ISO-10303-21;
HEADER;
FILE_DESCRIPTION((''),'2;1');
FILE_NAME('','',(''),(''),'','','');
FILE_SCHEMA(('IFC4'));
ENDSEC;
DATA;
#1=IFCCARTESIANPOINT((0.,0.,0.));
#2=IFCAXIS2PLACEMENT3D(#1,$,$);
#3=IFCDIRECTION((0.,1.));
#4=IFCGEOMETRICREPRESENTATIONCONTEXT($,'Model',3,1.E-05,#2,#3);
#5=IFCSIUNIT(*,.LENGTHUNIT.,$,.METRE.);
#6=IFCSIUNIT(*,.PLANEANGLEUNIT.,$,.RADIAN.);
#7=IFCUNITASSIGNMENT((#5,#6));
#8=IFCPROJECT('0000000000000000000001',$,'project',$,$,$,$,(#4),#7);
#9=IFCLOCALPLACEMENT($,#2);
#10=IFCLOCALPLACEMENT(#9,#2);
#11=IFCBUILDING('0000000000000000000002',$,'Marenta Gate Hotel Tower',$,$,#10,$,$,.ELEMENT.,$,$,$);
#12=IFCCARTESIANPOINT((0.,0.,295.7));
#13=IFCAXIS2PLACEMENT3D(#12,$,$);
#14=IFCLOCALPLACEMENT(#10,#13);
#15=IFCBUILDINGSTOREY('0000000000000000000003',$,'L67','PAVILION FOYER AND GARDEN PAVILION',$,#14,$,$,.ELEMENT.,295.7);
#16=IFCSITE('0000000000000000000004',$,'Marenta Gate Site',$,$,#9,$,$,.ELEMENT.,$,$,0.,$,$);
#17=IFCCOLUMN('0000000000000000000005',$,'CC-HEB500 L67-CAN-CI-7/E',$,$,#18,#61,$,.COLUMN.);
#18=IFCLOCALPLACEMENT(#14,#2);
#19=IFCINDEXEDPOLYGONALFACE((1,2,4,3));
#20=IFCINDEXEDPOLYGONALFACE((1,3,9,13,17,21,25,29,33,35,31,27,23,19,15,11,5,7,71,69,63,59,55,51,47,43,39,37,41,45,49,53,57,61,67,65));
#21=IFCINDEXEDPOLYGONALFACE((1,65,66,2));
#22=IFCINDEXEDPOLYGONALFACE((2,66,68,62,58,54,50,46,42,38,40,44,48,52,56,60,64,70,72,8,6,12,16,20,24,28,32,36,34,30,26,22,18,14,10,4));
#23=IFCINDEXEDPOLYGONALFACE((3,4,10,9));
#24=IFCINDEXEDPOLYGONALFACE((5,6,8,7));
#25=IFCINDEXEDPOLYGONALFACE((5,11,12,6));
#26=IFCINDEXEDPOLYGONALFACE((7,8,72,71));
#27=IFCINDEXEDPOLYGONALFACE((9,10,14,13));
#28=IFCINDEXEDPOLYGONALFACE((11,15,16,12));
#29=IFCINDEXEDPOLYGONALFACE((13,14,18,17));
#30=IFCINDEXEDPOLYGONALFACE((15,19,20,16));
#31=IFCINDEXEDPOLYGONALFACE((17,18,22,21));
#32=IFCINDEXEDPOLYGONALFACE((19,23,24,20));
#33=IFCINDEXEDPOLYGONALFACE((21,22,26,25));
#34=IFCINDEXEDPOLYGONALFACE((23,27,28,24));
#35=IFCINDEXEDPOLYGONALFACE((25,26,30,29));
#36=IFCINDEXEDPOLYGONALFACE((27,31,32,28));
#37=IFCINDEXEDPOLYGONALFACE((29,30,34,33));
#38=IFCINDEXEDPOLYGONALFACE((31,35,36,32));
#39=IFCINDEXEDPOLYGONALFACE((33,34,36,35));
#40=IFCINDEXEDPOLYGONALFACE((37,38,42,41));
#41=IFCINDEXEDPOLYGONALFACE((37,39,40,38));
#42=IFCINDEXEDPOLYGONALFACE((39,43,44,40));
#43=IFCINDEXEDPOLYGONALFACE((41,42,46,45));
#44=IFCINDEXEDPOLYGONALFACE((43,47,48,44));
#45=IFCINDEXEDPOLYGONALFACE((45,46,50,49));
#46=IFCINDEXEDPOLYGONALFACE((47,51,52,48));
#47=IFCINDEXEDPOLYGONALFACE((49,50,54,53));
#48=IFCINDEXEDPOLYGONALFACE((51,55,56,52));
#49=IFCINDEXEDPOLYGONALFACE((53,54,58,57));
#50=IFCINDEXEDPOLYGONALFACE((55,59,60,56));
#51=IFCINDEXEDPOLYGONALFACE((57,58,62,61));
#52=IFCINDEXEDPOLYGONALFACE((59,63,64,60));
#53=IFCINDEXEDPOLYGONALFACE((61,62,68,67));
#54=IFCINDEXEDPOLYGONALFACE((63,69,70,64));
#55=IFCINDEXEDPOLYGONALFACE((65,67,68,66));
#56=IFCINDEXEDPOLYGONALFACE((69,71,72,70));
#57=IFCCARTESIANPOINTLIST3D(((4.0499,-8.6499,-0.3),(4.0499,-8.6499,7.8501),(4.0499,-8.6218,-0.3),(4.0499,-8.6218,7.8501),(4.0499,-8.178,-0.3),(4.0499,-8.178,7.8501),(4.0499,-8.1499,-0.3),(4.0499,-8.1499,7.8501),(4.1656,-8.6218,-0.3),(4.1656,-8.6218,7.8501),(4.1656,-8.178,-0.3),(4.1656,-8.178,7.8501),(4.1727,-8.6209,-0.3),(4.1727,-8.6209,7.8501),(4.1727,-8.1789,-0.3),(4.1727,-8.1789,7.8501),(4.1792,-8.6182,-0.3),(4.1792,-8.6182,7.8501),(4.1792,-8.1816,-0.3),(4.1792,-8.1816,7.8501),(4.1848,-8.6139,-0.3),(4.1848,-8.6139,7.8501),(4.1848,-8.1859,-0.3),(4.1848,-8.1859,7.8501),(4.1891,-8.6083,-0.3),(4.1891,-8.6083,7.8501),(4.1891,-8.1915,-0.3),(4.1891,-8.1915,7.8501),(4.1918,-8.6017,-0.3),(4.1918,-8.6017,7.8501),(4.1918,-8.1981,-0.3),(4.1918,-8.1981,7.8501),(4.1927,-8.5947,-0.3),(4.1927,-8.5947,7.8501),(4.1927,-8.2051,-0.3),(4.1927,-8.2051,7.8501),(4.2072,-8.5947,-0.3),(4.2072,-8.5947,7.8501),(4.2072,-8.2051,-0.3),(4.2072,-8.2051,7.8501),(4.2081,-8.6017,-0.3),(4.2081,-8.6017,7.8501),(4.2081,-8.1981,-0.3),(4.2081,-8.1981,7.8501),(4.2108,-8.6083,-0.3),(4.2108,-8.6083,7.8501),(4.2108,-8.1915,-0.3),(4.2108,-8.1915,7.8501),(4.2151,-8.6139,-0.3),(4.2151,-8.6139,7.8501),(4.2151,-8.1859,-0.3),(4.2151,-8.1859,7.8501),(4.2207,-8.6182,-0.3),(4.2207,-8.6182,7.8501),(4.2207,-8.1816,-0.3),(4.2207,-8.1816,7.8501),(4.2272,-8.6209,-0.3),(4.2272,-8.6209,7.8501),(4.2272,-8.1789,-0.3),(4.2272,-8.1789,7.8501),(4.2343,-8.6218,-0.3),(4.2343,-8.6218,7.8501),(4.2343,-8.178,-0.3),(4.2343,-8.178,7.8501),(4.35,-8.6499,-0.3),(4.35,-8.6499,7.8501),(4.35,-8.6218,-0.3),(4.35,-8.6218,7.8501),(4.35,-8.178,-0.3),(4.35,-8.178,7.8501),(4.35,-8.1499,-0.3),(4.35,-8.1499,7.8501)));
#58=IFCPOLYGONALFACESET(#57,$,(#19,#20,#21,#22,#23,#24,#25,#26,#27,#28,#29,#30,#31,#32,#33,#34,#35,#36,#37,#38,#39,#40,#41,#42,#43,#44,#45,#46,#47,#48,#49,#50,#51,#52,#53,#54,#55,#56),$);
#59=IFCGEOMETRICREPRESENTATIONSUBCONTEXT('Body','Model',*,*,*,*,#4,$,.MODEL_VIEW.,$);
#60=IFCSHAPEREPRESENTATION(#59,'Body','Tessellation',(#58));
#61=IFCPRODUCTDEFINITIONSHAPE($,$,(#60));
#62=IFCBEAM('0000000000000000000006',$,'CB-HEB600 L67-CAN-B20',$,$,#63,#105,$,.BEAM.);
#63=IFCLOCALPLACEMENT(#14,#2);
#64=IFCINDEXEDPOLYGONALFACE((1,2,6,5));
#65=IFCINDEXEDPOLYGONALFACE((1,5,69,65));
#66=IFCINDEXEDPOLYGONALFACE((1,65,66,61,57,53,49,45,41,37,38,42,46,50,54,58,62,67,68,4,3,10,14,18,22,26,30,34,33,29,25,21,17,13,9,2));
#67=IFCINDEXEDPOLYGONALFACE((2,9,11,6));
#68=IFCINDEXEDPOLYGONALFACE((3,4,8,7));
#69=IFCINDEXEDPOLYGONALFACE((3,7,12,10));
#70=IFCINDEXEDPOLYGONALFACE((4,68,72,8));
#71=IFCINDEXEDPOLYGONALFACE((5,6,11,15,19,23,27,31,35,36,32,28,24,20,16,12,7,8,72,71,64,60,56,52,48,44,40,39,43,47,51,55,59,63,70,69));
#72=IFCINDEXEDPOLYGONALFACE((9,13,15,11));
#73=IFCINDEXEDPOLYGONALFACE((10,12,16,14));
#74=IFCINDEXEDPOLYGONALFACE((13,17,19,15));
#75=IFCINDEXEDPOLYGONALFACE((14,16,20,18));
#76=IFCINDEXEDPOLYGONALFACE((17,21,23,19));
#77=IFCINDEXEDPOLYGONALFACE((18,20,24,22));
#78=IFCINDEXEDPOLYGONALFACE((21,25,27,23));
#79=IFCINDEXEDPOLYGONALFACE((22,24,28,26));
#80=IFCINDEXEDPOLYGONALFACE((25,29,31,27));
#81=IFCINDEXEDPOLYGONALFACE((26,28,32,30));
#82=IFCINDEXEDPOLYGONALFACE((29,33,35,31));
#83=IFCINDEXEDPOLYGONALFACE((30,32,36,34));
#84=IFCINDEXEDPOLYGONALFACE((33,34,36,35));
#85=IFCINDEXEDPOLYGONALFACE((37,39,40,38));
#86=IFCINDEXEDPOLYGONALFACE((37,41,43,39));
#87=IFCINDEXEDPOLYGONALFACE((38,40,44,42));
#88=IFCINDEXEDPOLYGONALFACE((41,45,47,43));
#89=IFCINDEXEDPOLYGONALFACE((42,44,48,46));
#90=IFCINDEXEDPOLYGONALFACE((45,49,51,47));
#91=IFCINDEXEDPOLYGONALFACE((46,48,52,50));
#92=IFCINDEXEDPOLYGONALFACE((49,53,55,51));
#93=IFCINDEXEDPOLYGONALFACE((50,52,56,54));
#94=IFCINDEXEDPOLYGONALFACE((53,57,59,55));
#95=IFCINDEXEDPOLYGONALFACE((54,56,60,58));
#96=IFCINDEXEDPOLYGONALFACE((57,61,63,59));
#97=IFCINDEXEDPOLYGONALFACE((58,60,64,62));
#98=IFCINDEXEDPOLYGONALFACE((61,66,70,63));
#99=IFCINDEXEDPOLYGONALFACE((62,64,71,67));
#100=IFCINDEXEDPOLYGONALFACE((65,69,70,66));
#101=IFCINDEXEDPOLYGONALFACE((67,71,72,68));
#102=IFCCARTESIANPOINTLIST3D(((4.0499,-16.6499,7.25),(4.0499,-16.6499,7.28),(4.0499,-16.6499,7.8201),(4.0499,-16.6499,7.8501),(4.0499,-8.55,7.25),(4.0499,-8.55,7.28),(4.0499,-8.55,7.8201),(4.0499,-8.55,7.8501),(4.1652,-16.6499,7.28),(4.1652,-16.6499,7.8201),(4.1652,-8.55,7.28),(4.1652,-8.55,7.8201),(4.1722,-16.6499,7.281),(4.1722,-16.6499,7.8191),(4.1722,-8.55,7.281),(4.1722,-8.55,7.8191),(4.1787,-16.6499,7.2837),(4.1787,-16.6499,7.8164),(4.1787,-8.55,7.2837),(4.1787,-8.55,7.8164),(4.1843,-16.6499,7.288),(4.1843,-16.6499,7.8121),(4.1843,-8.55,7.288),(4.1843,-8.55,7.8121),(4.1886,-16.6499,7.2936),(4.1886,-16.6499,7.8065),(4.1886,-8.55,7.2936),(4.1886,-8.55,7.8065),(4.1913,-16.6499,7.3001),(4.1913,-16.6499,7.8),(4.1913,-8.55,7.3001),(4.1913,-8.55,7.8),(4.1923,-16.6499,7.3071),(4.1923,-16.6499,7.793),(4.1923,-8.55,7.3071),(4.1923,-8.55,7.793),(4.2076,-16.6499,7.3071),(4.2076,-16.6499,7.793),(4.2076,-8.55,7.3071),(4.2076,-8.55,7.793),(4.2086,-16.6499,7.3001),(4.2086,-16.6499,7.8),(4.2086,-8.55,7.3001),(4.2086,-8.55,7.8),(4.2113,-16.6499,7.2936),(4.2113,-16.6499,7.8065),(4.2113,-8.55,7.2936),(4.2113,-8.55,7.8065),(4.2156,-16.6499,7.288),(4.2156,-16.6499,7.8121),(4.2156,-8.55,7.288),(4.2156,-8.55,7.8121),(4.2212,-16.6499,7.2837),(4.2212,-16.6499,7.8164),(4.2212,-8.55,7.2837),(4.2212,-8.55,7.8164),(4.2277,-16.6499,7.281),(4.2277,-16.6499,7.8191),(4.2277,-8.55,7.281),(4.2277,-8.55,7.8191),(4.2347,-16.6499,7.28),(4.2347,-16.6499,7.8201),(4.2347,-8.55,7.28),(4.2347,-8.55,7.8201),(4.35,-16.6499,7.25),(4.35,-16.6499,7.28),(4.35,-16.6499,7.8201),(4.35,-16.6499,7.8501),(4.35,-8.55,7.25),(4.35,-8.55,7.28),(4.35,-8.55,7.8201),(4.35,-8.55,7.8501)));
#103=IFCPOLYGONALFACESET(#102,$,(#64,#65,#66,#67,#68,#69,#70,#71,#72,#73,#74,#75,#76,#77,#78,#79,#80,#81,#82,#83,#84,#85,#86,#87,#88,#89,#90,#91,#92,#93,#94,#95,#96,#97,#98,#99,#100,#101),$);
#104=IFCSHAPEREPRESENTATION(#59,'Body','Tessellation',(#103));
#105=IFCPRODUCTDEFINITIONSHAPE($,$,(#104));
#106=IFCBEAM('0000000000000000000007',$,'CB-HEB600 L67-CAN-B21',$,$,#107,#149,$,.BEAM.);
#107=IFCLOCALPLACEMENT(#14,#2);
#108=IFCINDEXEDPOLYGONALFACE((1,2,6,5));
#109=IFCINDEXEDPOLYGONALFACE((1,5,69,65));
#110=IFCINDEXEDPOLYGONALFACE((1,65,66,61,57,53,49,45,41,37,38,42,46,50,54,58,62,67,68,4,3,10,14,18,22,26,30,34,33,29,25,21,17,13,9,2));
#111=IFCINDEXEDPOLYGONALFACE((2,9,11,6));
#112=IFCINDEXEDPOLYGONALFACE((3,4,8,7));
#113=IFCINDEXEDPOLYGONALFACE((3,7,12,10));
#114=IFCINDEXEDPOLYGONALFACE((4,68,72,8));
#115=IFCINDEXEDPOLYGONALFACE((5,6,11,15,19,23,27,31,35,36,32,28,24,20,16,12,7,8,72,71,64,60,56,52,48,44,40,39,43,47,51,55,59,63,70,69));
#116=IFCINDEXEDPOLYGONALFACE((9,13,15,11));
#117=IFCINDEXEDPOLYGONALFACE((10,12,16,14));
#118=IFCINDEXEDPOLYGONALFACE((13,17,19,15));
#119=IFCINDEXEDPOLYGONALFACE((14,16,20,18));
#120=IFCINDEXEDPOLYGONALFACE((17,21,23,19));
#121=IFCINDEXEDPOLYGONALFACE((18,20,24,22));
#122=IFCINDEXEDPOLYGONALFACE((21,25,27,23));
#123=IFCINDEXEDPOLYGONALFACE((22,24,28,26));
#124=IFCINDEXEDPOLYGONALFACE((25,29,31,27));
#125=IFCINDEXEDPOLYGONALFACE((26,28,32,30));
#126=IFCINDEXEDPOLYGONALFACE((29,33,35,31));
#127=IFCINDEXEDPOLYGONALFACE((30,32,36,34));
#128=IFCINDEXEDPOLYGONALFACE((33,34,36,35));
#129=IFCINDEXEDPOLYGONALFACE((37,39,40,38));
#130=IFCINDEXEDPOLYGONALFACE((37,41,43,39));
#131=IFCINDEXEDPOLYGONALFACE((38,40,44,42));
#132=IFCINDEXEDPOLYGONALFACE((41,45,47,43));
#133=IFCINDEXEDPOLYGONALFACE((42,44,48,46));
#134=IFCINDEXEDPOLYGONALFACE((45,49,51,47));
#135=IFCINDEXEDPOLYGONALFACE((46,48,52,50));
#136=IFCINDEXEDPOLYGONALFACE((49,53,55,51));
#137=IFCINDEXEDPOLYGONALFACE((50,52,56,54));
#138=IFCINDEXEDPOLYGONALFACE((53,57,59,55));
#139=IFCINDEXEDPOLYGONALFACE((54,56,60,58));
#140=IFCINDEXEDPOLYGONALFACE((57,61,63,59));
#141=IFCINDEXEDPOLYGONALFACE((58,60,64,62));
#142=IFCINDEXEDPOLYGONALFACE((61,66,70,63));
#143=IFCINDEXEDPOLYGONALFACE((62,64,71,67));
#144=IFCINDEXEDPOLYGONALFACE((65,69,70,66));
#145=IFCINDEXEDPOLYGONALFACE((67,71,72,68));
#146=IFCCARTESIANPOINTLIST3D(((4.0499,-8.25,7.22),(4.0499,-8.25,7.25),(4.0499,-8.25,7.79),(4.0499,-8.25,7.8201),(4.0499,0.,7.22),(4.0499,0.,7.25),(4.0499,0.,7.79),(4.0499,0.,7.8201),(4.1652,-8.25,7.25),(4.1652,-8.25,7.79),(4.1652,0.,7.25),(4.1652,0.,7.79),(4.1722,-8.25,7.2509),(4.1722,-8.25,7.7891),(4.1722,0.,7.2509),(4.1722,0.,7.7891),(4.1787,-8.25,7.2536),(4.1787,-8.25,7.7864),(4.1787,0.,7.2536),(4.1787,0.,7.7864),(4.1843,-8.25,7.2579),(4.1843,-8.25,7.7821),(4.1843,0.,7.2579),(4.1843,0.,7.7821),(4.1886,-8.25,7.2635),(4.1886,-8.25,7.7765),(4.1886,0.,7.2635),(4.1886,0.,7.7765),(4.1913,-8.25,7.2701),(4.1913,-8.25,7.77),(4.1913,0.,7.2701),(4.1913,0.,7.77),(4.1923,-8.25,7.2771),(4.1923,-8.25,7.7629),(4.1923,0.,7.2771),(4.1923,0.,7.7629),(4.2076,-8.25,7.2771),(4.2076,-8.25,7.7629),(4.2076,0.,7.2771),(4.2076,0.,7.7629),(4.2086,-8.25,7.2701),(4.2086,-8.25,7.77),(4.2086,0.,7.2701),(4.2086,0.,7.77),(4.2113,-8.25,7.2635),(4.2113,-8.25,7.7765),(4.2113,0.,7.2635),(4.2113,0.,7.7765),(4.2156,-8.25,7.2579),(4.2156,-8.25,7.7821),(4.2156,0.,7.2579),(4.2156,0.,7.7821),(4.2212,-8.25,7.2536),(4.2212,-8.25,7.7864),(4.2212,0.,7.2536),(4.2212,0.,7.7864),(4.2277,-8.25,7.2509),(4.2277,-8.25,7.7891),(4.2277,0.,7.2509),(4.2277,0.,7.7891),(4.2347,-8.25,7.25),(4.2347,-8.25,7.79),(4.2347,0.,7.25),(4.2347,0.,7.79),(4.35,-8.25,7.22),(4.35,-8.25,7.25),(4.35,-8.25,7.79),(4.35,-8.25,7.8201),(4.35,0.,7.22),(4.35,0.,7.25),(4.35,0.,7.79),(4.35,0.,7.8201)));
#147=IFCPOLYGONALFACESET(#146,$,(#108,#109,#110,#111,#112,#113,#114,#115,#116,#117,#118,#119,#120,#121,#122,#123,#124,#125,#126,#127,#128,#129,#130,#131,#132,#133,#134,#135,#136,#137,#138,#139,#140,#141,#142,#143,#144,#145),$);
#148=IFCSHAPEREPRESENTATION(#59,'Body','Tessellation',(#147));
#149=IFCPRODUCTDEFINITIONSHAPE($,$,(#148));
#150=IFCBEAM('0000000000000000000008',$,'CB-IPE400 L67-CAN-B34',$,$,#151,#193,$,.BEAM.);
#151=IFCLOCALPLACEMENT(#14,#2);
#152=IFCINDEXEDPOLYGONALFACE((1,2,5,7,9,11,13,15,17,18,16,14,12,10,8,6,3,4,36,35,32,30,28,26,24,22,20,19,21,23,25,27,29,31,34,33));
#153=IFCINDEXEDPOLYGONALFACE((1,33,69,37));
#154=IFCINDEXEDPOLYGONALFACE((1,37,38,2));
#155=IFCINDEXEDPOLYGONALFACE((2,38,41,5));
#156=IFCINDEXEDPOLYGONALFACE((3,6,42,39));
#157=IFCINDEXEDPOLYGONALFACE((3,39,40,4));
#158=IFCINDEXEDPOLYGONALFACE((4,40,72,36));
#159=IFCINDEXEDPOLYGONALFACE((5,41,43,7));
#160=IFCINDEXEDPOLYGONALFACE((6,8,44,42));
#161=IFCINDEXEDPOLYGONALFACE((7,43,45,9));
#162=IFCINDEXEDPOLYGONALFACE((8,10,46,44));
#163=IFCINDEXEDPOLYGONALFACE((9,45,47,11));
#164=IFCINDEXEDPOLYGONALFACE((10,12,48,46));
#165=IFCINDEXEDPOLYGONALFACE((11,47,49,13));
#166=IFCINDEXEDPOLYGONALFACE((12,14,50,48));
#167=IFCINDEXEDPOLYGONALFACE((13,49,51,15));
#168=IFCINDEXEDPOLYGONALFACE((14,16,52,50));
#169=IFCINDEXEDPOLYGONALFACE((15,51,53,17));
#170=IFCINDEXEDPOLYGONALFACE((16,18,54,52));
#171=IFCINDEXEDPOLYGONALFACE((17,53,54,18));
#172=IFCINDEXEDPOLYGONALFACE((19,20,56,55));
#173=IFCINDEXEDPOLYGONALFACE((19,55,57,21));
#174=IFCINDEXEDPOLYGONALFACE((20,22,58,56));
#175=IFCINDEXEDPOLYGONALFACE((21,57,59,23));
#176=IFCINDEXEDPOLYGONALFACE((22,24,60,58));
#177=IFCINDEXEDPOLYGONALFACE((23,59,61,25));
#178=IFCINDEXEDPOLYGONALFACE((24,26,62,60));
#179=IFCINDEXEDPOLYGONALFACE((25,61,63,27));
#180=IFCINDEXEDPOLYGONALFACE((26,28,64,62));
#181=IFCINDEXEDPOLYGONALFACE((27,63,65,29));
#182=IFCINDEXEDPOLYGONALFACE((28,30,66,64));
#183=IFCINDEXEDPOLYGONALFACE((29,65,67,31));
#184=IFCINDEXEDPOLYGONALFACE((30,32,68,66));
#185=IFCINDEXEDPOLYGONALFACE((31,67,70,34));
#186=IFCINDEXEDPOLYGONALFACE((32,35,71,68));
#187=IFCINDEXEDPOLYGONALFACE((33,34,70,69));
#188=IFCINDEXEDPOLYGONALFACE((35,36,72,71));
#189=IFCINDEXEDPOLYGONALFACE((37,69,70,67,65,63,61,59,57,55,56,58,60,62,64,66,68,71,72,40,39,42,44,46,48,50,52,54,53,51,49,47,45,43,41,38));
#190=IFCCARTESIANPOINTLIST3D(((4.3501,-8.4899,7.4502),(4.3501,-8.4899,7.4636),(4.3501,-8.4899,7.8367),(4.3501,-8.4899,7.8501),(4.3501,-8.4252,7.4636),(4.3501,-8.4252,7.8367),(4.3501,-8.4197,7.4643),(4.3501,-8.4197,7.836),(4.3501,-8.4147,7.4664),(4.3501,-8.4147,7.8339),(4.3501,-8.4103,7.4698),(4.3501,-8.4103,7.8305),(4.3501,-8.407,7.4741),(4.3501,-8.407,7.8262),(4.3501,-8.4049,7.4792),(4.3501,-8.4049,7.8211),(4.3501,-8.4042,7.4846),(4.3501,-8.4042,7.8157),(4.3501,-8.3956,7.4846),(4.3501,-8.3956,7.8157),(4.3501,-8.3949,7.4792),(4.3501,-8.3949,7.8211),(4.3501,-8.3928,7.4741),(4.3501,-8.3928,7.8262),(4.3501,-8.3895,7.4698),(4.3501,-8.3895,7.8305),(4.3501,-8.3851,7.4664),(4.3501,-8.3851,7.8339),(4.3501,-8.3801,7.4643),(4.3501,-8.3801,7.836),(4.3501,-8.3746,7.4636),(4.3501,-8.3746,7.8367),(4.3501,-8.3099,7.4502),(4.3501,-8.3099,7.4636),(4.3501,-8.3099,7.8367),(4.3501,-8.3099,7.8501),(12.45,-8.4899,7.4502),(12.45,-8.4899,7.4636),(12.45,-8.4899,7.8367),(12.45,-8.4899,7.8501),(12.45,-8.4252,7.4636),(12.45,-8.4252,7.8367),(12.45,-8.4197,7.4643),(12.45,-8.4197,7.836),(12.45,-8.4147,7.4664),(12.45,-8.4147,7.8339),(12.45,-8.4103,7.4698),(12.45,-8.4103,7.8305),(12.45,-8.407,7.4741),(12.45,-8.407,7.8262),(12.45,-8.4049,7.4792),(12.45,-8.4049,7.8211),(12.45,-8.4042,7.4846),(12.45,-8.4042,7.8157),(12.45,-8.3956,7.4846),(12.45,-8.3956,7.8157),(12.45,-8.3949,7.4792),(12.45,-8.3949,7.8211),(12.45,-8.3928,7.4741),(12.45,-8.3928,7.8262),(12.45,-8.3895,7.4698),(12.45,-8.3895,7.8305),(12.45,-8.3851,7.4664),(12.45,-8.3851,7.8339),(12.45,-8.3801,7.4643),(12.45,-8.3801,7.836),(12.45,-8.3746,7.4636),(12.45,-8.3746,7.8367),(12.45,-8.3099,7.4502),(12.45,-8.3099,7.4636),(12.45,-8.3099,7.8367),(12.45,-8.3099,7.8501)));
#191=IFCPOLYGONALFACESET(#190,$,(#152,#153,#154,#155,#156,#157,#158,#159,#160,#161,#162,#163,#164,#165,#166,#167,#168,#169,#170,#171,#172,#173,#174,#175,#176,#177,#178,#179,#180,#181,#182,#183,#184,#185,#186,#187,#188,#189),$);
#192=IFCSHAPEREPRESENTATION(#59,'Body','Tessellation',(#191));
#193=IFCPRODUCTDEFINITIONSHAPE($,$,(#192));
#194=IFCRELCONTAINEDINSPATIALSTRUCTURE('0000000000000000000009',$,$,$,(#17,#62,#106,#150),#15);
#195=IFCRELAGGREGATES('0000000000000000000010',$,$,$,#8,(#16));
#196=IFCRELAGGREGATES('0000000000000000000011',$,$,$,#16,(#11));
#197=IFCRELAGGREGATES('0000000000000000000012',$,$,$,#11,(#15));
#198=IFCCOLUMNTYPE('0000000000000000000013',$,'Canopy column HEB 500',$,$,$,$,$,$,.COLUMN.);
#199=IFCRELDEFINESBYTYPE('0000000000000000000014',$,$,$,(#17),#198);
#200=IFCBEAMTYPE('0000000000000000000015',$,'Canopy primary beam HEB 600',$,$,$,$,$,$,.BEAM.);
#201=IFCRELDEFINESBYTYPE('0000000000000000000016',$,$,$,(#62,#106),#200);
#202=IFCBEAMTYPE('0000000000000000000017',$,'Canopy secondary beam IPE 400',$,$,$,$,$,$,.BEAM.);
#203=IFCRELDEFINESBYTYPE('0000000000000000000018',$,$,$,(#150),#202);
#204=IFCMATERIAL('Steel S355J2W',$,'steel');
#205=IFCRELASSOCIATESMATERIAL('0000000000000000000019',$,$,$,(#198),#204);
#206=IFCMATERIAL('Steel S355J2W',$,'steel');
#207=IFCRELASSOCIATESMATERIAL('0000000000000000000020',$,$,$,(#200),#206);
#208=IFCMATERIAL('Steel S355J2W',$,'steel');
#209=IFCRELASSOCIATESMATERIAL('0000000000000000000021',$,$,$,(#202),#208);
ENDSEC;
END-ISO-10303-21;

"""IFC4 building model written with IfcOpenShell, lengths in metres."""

from ifc_helpers import new_model, si_unit, direction, frame, origin, origin_2d, place, context, subcontext, project, spatial, i_section, extrude, material, material_profile, profile_set, type_object, element, save


model = new_model("IFC4")

# Units and contexts
model_context = context("Model", 3, precision=1e-05, world=origin(), true_north=direction((0.0, 1.0)))
body_context = subcontext(model_context, "Body", "Model", "MODEL_VIEW")
ifc_project = project(units=[si_unit("LENGTHUNIT", "METRE"), si_unit("PLANEANGLEUNIT", "RADIAN")], contexts=[model_context])

# Site, building, storey
site_placement = place(None, origin())
site = spatial("IfcSite", under=ifc_project, at=site_placement, Name="Marenta Gate Site", CompositionType="ELEMENT", RefElevation=0.0)
building_placement = place(site_placement, origin())
building = spatial("IfcBuilding", under=site, at=building_placement, Name="Marenta Gate Hotel Tower", CompositionType="ELEMENT")
storey_placement = place(building_placement, frame((0.0, 0.0, 295.7)))
storey = spatial("IfcBuildingStorey", under=building, at=storey_placement, Name="L67", Description="PAVILION FOYER AND GARDEN PAVILION", CompositionType="ELEMENT", Elevation=295.7)

# Column
ifc_material_1 = material(Name="Steel S355J2W", Category="steel")
ifc_material_profile_1 = material_profile(ifc_material_1, i_section(OverallWidth=0.3, OverallDepth=0.5, WebThickness=0.0144, FlangeThickness=0.0281, FilletRadius=0.0271, at=origin_2d()), Name="HEB 500")
ifc_profile_set_1 = profile_set([ifc_material_profile_1], Name="Steel S355J2W")
column_type = type_object("IfcColumnType", Name="Canopy column HEB 500", PredefinedType="COLUMN", material=ifc_profile_set_1)
column_placement = place(storey_placement, frame((4.2, -8.3999, -0.3), z_axis=(0.0, 0.0, 1.0), x_axis=(1.0, 0.0, 0.0)))
element("IfcColumn", 1, at=column_placement, inside=storey, type_object=column_type, Name="CC-HEB500 L67-CAN-CI-7/E", PredefinedType="COLUMN", context=body_context, shape_type="SweptSolid", body=[
    extrude(i_section(OverallWidth=0.3, OverallDepth=0.5, WebThickness=0.0144, FlangeThickness=0.0281, FilletRadius=0.0271, at=origin_2d()), origin(), (0.0, 0.0, 1.0), 8.1501),
])

# Beams
ifc_material_2 = material(Name="Steel S355J2W", Category="steel")
ifc_material_profile_2 = material_profile(ifc_material_2, i_section(OverallWidth=0.3, OverallDepth=0.6001, WebThickness=0.0154, FlangeThickness=0.03, FilletRadius=0.0271, at=origin_2d()), Name="HEB 600")
ifc_profile_set_2 = profile_set([ifc_material_profile_2], Name="Steel S355J2W")
beam_type_1 = type_object("IfcBeamType", Name="Canopy primary beam HEB 600", PredefinedType="BEAM", material=ifc_profile_set_2)
beam_1_placement = place(storey_placement, frame((4.2, -16.6499, 7.55), z_axis=(0.0, 1.0, 0.0), x_axis=(-1.0, 0.0, 0.0)))
element("IfcBeam", 2, at=beam_1_placement, inside=storey, type_object=beam_type_1, Name="CB-HEB600 L67-CAN-B20", PredefinedType="BEAM", context=body_context, shape_type="SweptSolid", body=[
    extrude(i_section(OverallWidth=0.3, OverallDepth=0.6001, WebThickness=0.0154, FlangeThickness=0.03, FilletRadius=0.0271, at=origin_2d()), origin(), (0.0, 0.0, 1.0), 8.0999),
])
beam_2_placement = place(storey_placement, frame((4.2, -8.25, 7.52), z_axis=(0.0, 1.0, 0.0), x_axis=(-1.0, 0.0, 0.0)))
element("IfcBeam", 3, at=beam_2_placement, inside=storey, type_object=beam_type_1, Name="CB-HEB600 L67-CAN-B21", PredefinedType="BEAM", context=body_context, shape_type="SweptSolid", body=[
    extrude(i_section(OverallWidth=0.3, OverallDepth=0.6001, WebThickness=0.0154, FlangeThickness=0.03, FilletRadius=0.0271, at=origin_2d()), origin(), (0.0, 0.0, 1.0), 8.25),
])
ifc_material_3 = material(Name="Steel S355J2W", Category="steel")
ifc_material_profile_3 = material_profile(ifc_material_3, i_section(OverallWidth=0.1799, OverallDepth=0.3999, WebThickness=0.0085, FlangeThickness=0.0134, FilletRadius=0.021, at=origin_2d()), Name="IPE 400")
ifc_profile_set_3 = profile_set([ifc_material_profile_3], Name="Steel S355J2W")
beam_type_2 = type_object("IfcBeamType", Name="Canopy secondary beam IPE 400", PredefinedType="BEAM", material=ifc_profile_set_3)
for number, where, z_axis, x_axis, name in (
    (4, (4.3501, -8.3999, 7.6501), (1.0, 0.0, 0.0), (0.0, 1.0, 0.0), "CB-IPE400 L67-CAN-B34"),
):
    element("IfcBeam", number, at=place(storey_placement, frame(where, z_axis=z_axis, x_axis=x_axis)), inside=storey, type_object=beam_type_2, Name=name, PredefinedType="BEAM", context=body_context, shape_type="SweptSolid", body=[
        extrude(i_section(OverallWidth=0.1799, OverallDepth=0.3999, WebThickness=0.0085, FlangeThickness=0.0134, FilletRadius=0.021, at=origin_2d()), origin(), (0.0, 0.0, 1.0), 8.0999),
    ])

save(model, "model.ifc")
